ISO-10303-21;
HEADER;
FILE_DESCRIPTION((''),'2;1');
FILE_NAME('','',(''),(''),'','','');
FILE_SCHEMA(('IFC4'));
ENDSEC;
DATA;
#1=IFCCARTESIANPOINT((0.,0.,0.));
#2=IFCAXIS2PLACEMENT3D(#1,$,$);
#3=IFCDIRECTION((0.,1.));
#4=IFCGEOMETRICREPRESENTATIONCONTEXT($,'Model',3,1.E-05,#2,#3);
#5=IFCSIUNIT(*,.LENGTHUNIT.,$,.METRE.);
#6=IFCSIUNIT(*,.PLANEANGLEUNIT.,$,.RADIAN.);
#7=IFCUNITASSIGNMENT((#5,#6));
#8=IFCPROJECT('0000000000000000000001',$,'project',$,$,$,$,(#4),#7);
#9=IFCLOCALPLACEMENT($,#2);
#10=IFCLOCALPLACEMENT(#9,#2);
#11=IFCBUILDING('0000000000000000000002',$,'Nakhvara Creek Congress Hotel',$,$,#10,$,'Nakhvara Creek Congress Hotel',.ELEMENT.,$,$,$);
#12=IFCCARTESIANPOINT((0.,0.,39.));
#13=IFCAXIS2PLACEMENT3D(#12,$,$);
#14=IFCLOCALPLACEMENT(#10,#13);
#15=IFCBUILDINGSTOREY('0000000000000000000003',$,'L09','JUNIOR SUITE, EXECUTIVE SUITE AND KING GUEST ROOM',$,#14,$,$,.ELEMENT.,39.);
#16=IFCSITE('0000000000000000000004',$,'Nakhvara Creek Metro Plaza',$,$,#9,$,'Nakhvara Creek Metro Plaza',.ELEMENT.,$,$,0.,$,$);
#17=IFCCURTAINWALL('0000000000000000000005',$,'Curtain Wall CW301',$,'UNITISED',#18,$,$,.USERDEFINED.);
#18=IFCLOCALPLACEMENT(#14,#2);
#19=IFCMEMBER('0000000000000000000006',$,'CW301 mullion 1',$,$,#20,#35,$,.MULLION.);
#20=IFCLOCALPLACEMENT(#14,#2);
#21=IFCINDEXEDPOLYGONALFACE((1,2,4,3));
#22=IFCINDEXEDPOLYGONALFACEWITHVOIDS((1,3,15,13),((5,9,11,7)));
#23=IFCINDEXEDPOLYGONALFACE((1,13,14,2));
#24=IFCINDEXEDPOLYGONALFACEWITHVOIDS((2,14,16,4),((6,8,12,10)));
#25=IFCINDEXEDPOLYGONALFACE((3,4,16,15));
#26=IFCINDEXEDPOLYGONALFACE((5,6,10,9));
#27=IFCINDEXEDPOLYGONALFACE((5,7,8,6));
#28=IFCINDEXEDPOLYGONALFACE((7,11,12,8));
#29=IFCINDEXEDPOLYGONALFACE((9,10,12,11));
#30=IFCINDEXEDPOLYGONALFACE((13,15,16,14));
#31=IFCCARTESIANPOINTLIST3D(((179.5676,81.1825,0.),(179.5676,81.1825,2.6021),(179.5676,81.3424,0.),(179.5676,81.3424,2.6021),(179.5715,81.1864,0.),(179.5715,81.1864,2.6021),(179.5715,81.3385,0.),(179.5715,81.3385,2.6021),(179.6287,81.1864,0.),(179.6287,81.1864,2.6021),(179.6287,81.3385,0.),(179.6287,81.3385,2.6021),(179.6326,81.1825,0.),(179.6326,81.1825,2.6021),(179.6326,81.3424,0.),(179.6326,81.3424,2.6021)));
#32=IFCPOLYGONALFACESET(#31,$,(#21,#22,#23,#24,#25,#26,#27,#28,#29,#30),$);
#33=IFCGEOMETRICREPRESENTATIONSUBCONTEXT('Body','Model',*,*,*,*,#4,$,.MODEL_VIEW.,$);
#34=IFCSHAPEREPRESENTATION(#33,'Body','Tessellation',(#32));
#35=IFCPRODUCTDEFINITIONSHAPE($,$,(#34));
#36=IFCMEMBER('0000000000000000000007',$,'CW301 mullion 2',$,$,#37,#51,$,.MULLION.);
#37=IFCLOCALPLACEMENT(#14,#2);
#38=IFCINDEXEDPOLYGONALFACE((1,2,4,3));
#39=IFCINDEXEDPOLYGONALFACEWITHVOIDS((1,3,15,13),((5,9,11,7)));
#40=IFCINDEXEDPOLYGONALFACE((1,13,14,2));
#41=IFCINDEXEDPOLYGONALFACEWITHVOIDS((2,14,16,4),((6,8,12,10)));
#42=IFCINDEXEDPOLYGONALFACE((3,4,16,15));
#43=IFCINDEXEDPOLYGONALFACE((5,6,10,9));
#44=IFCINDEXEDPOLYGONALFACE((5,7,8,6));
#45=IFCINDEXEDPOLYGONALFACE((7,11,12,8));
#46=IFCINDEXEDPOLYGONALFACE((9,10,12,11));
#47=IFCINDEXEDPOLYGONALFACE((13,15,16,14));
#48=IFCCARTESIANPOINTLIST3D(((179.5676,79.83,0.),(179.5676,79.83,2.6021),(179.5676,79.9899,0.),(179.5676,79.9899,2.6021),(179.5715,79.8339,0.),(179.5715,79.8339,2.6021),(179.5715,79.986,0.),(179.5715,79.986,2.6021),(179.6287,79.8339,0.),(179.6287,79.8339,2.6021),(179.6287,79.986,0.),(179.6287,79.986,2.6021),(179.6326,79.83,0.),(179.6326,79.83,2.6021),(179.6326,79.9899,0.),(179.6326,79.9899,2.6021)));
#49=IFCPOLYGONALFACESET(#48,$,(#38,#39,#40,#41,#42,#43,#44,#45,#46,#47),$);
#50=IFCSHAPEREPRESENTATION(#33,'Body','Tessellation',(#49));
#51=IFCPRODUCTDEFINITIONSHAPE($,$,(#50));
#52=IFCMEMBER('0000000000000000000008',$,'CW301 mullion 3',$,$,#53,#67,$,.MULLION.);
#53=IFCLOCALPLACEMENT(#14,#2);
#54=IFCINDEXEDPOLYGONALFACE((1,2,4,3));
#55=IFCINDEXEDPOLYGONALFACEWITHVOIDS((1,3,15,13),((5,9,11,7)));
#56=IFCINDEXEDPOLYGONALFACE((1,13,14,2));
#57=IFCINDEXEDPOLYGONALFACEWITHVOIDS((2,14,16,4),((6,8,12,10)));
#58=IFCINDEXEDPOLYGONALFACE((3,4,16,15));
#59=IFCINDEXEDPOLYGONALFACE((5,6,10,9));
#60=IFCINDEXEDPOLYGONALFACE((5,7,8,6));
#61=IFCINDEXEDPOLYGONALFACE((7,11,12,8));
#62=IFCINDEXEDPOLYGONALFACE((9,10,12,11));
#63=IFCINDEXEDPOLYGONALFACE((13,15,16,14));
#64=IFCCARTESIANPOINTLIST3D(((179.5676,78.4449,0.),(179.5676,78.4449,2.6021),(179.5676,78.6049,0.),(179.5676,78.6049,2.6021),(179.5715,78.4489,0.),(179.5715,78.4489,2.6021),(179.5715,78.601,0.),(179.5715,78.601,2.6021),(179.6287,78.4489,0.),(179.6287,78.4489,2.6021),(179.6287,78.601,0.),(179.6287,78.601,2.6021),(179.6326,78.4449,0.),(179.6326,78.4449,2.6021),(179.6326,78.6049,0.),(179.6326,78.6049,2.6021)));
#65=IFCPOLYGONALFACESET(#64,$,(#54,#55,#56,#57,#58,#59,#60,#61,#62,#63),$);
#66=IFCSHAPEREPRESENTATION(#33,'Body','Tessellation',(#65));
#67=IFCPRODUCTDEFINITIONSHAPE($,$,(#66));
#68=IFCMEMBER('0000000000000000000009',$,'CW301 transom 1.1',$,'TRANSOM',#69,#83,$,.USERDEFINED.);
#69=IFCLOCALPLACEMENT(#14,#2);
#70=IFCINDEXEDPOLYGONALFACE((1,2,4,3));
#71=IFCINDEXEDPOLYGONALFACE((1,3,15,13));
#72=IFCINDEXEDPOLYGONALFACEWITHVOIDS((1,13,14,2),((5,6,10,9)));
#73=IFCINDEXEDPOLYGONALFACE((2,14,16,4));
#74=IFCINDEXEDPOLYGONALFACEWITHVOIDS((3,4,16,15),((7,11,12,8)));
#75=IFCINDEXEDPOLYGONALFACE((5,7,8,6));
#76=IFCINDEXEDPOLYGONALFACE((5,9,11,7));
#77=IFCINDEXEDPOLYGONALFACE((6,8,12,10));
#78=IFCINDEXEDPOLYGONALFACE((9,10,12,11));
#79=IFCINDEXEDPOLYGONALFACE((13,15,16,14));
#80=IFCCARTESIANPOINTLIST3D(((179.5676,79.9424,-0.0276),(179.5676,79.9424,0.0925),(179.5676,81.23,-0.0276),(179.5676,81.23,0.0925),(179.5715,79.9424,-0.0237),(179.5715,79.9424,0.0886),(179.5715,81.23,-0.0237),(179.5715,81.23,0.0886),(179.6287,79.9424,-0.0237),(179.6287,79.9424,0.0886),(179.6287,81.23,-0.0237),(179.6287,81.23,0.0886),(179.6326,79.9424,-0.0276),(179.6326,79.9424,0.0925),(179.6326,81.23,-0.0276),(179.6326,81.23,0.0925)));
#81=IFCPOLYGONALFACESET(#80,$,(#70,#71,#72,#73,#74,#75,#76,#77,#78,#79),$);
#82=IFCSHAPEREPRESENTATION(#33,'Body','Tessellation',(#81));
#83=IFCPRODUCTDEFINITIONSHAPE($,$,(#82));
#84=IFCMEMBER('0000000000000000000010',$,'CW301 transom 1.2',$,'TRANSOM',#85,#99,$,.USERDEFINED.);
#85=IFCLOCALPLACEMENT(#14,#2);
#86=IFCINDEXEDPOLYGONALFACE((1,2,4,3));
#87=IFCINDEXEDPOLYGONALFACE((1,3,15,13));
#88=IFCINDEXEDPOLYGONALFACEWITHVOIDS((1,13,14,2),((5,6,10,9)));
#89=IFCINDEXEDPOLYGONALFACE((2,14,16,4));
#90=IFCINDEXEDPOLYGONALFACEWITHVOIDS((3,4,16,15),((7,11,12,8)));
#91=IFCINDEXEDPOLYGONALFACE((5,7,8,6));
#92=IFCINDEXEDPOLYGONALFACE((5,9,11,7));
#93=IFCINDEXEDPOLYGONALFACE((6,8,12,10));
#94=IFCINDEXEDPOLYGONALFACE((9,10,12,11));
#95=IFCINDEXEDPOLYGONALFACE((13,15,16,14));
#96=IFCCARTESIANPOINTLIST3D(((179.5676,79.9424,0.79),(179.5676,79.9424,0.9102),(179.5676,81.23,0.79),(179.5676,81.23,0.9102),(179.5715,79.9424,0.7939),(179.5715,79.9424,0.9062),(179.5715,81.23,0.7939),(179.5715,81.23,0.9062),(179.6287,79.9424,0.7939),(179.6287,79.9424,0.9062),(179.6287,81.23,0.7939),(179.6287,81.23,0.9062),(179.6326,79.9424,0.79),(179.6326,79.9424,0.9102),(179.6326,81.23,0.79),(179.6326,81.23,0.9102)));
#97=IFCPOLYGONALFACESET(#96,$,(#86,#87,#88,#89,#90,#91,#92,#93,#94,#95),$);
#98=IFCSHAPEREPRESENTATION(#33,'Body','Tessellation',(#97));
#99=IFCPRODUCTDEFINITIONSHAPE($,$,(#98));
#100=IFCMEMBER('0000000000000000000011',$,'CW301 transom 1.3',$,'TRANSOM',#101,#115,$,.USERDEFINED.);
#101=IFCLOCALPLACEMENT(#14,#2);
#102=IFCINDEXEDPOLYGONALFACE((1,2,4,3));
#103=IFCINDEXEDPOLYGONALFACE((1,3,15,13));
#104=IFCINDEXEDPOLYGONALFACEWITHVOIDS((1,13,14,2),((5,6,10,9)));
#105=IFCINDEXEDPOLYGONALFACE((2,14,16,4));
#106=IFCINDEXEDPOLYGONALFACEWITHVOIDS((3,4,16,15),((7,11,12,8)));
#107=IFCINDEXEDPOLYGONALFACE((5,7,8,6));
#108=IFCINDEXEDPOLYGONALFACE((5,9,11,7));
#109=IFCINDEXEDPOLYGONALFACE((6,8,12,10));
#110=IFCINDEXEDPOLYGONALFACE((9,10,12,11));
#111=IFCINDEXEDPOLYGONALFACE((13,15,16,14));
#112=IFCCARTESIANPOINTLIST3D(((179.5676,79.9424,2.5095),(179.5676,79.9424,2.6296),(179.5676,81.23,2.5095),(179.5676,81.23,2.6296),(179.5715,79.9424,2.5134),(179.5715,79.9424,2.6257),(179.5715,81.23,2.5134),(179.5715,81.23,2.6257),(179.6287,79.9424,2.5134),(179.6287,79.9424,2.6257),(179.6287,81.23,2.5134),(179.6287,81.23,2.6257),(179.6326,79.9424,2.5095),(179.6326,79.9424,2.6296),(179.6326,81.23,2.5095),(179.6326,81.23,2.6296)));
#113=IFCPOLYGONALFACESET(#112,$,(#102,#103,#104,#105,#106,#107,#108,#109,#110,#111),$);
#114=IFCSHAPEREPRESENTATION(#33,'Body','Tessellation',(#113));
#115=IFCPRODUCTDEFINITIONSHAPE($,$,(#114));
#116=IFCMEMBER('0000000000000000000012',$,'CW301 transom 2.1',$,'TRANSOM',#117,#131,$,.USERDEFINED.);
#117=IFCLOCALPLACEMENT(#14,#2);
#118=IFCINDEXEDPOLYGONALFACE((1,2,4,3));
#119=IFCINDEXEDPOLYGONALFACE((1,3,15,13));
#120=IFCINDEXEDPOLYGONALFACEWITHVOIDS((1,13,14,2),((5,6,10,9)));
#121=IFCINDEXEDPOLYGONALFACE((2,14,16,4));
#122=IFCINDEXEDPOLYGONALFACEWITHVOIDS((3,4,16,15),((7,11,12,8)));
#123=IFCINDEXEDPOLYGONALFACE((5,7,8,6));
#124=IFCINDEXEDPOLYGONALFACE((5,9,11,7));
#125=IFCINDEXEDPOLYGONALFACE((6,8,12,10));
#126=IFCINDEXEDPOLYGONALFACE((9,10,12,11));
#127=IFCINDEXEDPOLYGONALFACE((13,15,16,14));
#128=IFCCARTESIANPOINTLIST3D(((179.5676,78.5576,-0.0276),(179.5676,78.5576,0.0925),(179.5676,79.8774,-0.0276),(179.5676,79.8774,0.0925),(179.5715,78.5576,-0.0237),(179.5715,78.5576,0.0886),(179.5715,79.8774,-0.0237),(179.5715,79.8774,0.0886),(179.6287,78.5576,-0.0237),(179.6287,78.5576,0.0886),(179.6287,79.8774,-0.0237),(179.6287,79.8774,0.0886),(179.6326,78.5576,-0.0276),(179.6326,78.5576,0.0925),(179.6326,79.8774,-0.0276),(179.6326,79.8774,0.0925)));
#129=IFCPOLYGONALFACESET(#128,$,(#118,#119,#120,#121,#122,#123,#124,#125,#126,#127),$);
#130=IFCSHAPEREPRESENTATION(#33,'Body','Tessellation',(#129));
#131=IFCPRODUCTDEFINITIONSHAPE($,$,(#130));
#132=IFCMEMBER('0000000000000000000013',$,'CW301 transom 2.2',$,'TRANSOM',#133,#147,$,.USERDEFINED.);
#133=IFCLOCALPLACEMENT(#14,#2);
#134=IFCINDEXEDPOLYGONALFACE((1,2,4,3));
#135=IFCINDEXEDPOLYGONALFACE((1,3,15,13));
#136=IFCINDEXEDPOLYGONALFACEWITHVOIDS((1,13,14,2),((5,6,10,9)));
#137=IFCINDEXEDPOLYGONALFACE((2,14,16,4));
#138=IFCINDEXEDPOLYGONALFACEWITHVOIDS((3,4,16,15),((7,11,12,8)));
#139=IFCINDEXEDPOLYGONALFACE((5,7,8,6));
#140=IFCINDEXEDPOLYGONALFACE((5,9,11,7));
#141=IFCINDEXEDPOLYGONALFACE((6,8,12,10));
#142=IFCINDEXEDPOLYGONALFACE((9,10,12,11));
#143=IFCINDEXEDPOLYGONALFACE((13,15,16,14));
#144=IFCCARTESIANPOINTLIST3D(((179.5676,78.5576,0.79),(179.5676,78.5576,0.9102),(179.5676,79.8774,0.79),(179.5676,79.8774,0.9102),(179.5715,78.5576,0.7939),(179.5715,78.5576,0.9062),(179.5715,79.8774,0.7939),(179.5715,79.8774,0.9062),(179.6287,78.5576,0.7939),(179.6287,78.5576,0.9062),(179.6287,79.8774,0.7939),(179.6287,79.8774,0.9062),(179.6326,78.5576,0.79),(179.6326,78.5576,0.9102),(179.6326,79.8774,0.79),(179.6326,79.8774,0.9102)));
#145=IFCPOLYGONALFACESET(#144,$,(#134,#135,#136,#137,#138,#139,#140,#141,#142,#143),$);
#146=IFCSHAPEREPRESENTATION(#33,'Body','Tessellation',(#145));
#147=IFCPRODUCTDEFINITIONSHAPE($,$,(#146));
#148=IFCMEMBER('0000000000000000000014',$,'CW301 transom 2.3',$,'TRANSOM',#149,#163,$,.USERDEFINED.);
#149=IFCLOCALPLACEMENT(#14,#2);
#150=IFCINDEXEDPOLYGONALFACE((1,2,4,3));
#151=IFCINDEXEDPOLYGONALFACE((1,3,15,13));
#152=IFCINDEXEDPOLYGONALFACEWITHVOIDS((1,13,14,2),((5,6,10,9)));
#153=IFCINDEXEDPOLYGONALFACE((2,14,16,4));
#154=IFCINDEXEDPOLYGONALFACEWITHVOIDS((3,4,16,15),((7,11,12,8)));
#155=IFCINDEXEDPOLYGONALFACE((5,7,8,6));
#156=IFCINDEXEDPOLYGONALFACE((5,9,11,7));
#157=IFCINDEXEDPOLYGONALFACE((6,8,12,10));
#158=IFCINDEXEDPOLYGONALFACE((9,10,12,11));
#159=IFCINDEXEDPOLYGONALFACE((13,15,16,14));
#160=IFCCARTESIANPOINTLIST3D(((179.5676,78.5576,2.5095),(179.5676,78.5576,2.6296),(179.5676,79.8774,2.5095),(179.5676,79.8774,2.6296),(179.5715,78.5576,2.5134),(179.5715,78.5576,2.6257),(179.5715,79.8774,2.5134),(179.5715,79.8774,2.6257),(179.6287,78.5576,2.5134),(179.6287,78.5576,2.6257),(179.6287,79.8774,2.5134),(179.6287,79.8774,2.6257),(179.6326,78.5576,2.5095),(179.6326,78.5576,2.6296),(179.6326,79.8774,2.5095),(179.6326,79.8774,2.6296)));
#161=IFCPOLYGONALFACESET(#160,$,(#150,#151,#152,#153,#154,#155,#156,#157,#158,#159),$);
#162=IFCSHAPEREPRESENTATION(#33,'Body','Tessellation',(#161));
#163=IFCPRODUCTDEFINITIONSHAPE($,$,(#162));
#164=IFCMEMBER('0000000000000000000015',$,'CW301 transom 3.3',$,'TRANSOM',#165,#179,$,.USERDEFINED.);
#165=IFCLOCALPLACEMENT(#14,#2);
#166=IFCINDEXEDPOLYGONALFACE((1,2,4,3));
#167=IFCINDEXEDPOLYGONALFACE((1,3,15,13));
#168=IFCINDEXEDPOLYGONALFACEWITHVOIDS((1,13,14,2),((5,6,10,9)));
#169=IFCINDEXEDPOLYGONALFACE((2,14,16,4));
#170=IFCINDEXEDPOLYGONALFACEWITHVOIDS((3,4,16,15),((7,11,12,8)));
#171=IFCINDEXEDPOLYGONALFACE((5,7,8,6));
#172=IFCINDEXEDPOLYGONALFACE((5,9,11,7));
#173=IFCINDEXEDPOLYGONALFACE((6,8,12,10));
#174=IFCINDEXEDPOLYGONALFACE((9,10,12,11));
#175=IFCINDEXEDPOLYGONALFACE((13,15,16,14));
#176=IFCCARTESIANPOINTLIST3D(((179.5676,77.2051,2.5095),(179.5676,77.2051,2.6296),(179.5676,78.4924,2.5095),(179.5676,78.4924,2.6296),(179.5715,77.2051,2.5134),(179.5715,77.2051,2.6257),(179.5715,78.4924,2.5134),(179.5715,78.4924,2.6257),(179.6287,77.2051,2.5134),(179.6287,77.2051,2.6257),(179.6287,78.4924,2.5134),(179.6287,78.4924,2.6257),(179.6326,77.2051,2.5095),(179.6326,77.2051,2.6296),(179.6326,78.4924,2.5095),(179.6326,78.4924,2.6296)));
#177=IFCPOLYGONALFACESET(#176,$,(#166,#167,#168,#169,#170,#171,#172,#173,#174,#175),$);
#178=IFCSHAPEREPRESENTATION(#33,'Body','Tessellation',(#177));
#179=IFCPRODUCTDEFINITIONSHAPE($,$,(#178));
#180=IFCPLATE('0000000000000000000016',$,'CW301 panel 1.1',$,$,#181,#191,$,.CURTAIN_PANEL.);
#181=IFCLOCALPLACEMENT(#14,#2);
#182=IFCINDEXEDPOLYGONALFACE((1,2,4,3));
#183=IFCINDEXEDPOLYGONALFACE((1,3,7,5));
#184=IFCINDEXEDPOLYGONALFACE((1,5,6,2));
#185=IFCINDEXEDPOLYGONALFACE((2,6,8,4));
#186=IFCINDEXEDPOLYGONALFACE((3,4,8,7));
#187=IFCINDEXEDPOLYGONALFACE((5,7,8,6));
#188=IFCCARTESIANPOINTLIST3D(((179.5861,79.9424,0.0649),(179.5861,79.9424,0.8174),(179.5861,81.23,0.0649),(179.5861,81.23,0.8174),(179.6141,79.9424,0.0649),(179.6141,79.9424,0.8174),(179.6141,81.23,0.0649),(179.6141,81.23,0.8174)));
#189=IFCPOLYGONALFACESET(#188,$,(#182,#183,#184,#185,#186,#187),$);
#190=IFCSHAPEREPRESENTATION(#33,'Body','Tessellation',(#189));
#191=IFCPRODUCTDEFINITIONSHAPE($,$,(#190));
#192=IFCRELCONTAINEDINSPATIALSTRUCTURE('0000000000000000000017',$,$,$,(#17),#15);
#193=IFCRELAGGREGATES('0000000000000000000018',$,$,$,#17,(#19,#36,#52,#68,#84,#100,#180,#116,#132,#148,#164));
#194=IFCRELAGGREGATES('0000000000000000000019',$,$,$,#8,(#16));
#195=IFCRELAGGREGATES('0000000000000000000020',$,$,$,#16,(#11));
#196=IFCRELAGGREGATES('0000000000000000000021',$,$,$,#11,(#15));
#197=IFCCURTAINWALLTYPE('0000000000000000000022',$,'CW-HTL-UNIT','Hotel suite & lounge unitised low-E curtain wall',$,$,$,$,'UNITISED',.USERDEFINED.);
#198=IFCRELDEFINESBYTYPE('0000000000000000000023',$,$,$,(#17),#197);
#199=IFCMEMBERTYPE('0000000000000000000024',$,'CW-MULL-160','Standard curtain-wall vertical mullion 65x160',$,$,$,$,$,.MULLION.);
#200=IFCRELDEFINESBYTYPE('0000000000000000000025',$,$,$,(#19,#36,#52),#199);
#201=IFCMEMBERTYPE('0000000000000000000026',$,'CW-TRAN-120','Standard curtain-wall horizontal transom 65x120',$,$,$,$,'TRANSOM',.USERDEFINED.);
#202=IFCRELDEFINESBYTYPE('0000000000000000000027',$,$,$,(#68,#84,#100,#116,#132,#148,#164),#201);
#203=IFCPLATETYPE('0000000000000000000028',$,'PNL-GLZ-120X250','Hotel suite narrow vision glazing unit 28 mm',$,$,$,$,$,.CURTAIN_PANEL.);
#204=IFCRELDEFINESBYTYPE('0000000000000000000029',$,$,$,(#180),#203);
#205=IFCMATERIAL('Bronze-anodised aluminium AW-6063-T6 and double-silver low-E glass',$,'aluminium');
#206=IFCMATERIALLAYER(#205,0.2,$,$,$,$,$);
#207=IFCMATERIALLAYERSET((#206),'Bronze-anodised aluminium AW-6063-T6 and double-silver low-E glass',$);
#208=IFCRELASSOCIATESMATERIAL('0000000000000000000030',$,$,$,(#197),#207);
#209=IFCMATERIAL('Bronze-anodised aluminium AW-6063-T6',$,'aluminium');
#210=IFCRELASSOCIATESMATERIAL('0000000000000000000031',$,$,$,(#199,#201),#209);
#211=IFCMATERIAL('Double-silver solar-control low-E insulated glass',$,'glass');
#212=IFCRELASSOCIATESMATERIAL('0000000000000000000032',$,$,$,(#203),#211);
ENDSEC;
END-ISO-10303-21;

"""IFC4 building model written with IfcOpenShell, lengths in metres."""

from ifc_helpers import new_model, si_unit, direction, frame, origin, origin_2d, place, context, subcontext, project, spatial, rectangle, hollow_rectangle, extrude, material, layer, layer_set, material_profile, profile_set, type_object, element, aggregate, save


model = new_model("IFC4")

# Units and contexts
model_context = context("Model", 3, precision=1e-05, world=origin(), true_north=direction((0.0, 1.0)))
body_context = subcontext(model_context, "Body", "Model", "MODEL_VIEW")
ifc_project = project(units=[si_unit("LENGTHUNIT", "METRE"), si_unit("PLANEANGLEUNIT", "RADIAN")], contexts=[model_context])

# Site, building, storey
site_placement = place(None, origin())
site = spatial("IfcSite", under=ifc_project, at=site_placement, Name="Nakhvara Creek Metro Plaza", LongName="Nakhvara Creek Metro Plaza", CompositionType="ELEMENT", RefElevation=0.0)
building_placement = place(site_placement, origin())
building = spatial("IfcBuilding", under=site, at=building_placement, Name="Nakhvara Creek Congress Hotel", LongName="Nakhvara Creek Congress Hotel", CompositionType="ELEMENT")
storey_placement = place(building_placement, frame((0.0, 0.0, 39.0)))
storey = spatial("IfcBuildingStorey", under=building, at=storey_placement, Name="L09", Description="JUNIOR SUITE, EXECUTIVE SUITE AND KING GUEST ROOM", CompositionType="ELEMENT", Elevation=39.0)

# Curtain wall, members, plate
ifc_material_1 = material(Name="Bronze-anodised aluminium AW-6063-T6 and double-silver low-E glass", Category="aluminium")
ifc_layer_1 = layer(ifc_material_1, 0.2)
ifc_layer_set_1 = layer_set([ifc_layer_1], Name="Bronze-anodised aluminium AW-6063-T6 and double-silver low-E glass")
curtain_wall_type = type_object("IfcCurtainWallType", Name="CW-HTL-UNIT", Description="Hotel suite & lounge unitised low-E curtain wall", ElementType="UNITISED", PredefinedType="USERDEFINED", material=ifc_layer_set_1)
curtain_wall_placement = place(storey_placement, origin())
curtain_wall = element("IfcCurtainWall", 1, at=curtain_wall_placement, inside=storey, type_object=curtain_wall_type, Name="Curtain Wall CW301", ObjectType="UNITISED", PredefinedType="USERDEFINED")
ifc_material_2 = material(Name="Bronze-anodised aluminium AW-6063-T6", Category="aluminium")
ifc_material_profile_1 = material_profile(ifc_material_2, hollow_rectangle(XDim=0.0649, YDim=0.1599, WallThickness=0.0039, at=origin_2d()), Name="ALU-MULL 65x160x4", Category="LoadBearing")
ifc_profile_set_1 = profile_set([ifc_material_profile_1], Name="Bronze-anodised aluminium AW-6063-T6")
member_type_1 = type_object("IfcMemberType", Name="CW-MULL-160", Description="Standard curtain-wall vertical mullion 65x160", PredefinedType="MULLION", material=ifc_profile_set_1)
member_1_placement = place(storey_placement, frame((179.6001, 81.2625, 0.0), z_axis=(0.0, 0.0, 1.0), x_axis=(1.0, 0.0, 0.0)))
member_1 = element("IfcMember", 2, at=member_1_placement, type_object=member_type_1, Name="CW301 mullion 1", PredefinedType="MULLION", context=body_context, shape_type="SweptSolid", body=[
    extrude(hollow_rectangle(XDim=0.0649, YDim=0.1599, WallThickness=0.0039, at=origin_2d()), origin(), (0.0, 0.0, 1.0), 2.6021),
])
member_2_placement = place(storey_placement, frame((179.6001, 79.9099, 0.0), z_axis=(0.0, 0.0, 1.0), x_axis=(1.0, 0.0, 0.0)))
member_2 = element("IfcMember", 3, at=member_2_placement, type_object=member_type_1, Name="CW301 mullion 2", PredefinedType="MULLION", context=body_context, shape_type="SweptSolid", body=[
    extrude(hollow_rectangle(XDim=0.0649, YDim=0.1599, WallThickness=0.0039, at=origin_2d()), origin(), (0.0, 0.0, 1.0), 2.6021),
])
member_3_placement = place(storey_placement, frame((179.6001, 78.5249, 0.0), z_axis=(0.0, 0.0, 1.0), x_axis=(1.0, 0.0, 0.0)))
member_3 = element("IfcMember", 4, at=member_3_placement, type_object=member_type_1, Name="CW301 mullion 3", PredefinedType="MULLION", context=body_context, shape_type="SweptSolid", body=[
    extrude(hollow_rectangle(XDim=0.0649, YDim=0.1599, WallThickness=0.0039, at=origin_2d()), origin(), (0.0, 0.0, 1.0), 2.6021),
])
ifc_material_profile_2 = material_profile(ifc_material_2, hollow_rectangle(XDim=0.0649, YDim=0.1201, WallThickness=0.0039, at=origin_2d()), Name="ALU-TRAN 65x120x4", Category="LoadBearing")
ifc_profile_set_2 = profile_set([ifc_material_profile_2], Name="Bronze-anodised aluminium AW-6063-T6")
member_type_2 = type_object("IfcMemberType", Name="CW-TRAN-120", Description="Standard curtain-wall horizontal transom 65x120", ElementType="TRANSOM", PredefinedType="USERDEFINED", material=ifc_profile_set_2)
member_4_placement = place(storey_placement, frame((179.6001, 81.23, 0.0325), z_axis=(0.0, -1.0, 0.0), x_axis=(1.0, 0.0, 0.0)))
member_4 = element("IfcMember", 5, at=member_4_placement, type_object=member_type_2, Name="CW301 transom 1.1", ObjectType="TRANSOM", PredefinedType="USERDEFINED", context=body_context, shape_type="SweptSolid", body=[
    extrude(hollow_rectangle(XDim=0.0649, YDim=0.1201, WallThickness=0.0039, at=origin_2d()), origin(), (0.0, 0.0, 1.0), 1.2876),
])
member_5_placement = place(storey_placement, frame((179.6001, 81.23, 0.8501), z_axis=(0.0, -1.0, 0.0), x_axis=(1.0, 0.0, 0.0)))
member_5 = element("IfcMember", 6, at=member_5_placement, type_object=member_type_2, Name="CW301 transom 1.2", ObjectType="TRANSOM", PredefinedType="USERDEFINED", context=body_context, shape_type="SweptSolid", body=[
    extrude(hollow_rectangle(XDim=0.0649, YDim=0.1201, WallThickness=0.0039, at=origin_2d()), origin(), (0.0, 0.0, 1.0), 1.2876),
])
member_6_placement = place(storey_placement, frame((179.6001, 81.23, 2.5696), z_axis=(0.0, -1.0, 0.0), x_axis=(1.0, 0.0, 0.0)))
member_6 = element("IfcMember", 7, at=member_6_placement, type_object=member_type_2, Name="CW301 transom 1.3", ObjectType="TRANSOM", PredefinedType="USERDEFINED", context=body_context, shape_type="SweptSolid", body=[
    extrude(hollow_rectangle(XDim=0.0649, YDim=0.1201, WallThickness=0.0039, at=origin_2d()), origin(), (0.0, 0.0, 1.0), 1.2876),
])
member_7_placement = place(storey_placement, frame((179.6001, 79.8774, 0.0325), z_axis=(0.0, -1.0, 0.0), x_axis=(1.0, 0.0, 0.0)))
member_7 = element("IfcMember", 8, at=member_7_placement, type_object=member_type_2, Name="CW301 transom 2.1", ObjectType="TRANSOM", PredefinedType="USERDEFINED", context=body_context, shape_type="SweptSolid", body=[
    extrude(hollow_rectangle(XDim=0.0649, YDim=0.1201, WallThickness=0.0039, at=origin_2d()), origin(), (0.0, 0.0, 1.0), 1.3198),
])
member_8_placement = place(storey_placement, frame((179.6001, 79.8774, 0.8501), z_axis=(0.0, -1.0, 0.0), x_axis=(1.0, 0.0, 0.0)))
member_8 = element("IfcMember", 9, at=member_8_placement, type_object=member_type_2, Name="CW301 transom 2.2", ObjectType="TRANSOM", PredefinedType="USERDEFINED", context=body_context, shape_type="SweptSolid", body=[
    extrude(hollow_rectangle(XDim=0.0649, YDim=0.1201, WallThickness=0.0039, at=origin_2d()), origin(), (0.0, 0.0, 1.0), 1.3198),
])
member_9_placement = place(storey_placement, frame((179.6001, 79.8774, 2.5696), z_axis=(0.0, -1.0, 0.0), x_axis=(1.0, 0.0, 0.0)))
member_9 = element("IfcMember", 10, at=member_9_placement, type_object=member_type_2, Name="CW301 transom 2.3", ObjectType="TRANSOM", PredefinedType="USERDEFINED", context=body_context, shape_type="SweptSolid", body=[
    extrude(hollow_rectangle(XDim=0.0649, YDim=0.1201, WallThickness=0.0039, at=origin_2d()), origin(), (0.0, 0.0, 1.0), 1.3198),
])
member_10_placement = place(storey_placement, frame((179.6001, 78.4924, 2.5696), z_axis=(0.0, -1.0, 0.0), x_axis=(1.0, 0.0, 0.0)))
member_10 = element("IfcMember", 11, at=member_10_placement, type_object=member_type_2, Name="CW301 transom 3.3", ObjectType="TRANSOM", PredefinedType="USERDEFINED", context=body_context, shape_type="SweptSolid", body=[
    extrude(hollow_rectangle(XDim=0.0649, YDim=0.1201, WallThickness=0.0039, at=origin_2d()), origin(), (0.0, 0.0, 1.0), 1.2874),
])
ifc_material_3 = material(Name="Double-silver solar-control low-E insulated glass", Category="glass")
plate_type = type_object("IfcPlateType", Name="PNL-GLZ-120X250", Description="Hotel suite narrow vision glazing unit 28 mm", PredefinedType="CURTAIN_PANEL", material=ifc_material_3)
plate_1_placement = place(storey_placement, frame((179.6001, 80.5862, 0.0649), z_axis=(0.0, 0.0, 1.0), x_axis=(0.0, -1.0, 0.0)))
plate_1 = element("IfcPlate", 12, at=plate_1_placement, type_object=plate_type, Name="CW301 panel 1.1", PredefinedType="CURTAIN_PANEL", context=body_context, shape_type="SweptSolid", body=[
    extrude(rectangle(XDim=1.2876, YDim=0.0281, at=origin_2d()), origin(), (0.0, 0.0, 1.0), 0.7524),
])
aggregate(curtain_wall, [member_1, member_2, member_3, member_4, member_5, member_6, plate_1, member_7, member_8, member_9, member_10])

save(model, "model.ifc")
